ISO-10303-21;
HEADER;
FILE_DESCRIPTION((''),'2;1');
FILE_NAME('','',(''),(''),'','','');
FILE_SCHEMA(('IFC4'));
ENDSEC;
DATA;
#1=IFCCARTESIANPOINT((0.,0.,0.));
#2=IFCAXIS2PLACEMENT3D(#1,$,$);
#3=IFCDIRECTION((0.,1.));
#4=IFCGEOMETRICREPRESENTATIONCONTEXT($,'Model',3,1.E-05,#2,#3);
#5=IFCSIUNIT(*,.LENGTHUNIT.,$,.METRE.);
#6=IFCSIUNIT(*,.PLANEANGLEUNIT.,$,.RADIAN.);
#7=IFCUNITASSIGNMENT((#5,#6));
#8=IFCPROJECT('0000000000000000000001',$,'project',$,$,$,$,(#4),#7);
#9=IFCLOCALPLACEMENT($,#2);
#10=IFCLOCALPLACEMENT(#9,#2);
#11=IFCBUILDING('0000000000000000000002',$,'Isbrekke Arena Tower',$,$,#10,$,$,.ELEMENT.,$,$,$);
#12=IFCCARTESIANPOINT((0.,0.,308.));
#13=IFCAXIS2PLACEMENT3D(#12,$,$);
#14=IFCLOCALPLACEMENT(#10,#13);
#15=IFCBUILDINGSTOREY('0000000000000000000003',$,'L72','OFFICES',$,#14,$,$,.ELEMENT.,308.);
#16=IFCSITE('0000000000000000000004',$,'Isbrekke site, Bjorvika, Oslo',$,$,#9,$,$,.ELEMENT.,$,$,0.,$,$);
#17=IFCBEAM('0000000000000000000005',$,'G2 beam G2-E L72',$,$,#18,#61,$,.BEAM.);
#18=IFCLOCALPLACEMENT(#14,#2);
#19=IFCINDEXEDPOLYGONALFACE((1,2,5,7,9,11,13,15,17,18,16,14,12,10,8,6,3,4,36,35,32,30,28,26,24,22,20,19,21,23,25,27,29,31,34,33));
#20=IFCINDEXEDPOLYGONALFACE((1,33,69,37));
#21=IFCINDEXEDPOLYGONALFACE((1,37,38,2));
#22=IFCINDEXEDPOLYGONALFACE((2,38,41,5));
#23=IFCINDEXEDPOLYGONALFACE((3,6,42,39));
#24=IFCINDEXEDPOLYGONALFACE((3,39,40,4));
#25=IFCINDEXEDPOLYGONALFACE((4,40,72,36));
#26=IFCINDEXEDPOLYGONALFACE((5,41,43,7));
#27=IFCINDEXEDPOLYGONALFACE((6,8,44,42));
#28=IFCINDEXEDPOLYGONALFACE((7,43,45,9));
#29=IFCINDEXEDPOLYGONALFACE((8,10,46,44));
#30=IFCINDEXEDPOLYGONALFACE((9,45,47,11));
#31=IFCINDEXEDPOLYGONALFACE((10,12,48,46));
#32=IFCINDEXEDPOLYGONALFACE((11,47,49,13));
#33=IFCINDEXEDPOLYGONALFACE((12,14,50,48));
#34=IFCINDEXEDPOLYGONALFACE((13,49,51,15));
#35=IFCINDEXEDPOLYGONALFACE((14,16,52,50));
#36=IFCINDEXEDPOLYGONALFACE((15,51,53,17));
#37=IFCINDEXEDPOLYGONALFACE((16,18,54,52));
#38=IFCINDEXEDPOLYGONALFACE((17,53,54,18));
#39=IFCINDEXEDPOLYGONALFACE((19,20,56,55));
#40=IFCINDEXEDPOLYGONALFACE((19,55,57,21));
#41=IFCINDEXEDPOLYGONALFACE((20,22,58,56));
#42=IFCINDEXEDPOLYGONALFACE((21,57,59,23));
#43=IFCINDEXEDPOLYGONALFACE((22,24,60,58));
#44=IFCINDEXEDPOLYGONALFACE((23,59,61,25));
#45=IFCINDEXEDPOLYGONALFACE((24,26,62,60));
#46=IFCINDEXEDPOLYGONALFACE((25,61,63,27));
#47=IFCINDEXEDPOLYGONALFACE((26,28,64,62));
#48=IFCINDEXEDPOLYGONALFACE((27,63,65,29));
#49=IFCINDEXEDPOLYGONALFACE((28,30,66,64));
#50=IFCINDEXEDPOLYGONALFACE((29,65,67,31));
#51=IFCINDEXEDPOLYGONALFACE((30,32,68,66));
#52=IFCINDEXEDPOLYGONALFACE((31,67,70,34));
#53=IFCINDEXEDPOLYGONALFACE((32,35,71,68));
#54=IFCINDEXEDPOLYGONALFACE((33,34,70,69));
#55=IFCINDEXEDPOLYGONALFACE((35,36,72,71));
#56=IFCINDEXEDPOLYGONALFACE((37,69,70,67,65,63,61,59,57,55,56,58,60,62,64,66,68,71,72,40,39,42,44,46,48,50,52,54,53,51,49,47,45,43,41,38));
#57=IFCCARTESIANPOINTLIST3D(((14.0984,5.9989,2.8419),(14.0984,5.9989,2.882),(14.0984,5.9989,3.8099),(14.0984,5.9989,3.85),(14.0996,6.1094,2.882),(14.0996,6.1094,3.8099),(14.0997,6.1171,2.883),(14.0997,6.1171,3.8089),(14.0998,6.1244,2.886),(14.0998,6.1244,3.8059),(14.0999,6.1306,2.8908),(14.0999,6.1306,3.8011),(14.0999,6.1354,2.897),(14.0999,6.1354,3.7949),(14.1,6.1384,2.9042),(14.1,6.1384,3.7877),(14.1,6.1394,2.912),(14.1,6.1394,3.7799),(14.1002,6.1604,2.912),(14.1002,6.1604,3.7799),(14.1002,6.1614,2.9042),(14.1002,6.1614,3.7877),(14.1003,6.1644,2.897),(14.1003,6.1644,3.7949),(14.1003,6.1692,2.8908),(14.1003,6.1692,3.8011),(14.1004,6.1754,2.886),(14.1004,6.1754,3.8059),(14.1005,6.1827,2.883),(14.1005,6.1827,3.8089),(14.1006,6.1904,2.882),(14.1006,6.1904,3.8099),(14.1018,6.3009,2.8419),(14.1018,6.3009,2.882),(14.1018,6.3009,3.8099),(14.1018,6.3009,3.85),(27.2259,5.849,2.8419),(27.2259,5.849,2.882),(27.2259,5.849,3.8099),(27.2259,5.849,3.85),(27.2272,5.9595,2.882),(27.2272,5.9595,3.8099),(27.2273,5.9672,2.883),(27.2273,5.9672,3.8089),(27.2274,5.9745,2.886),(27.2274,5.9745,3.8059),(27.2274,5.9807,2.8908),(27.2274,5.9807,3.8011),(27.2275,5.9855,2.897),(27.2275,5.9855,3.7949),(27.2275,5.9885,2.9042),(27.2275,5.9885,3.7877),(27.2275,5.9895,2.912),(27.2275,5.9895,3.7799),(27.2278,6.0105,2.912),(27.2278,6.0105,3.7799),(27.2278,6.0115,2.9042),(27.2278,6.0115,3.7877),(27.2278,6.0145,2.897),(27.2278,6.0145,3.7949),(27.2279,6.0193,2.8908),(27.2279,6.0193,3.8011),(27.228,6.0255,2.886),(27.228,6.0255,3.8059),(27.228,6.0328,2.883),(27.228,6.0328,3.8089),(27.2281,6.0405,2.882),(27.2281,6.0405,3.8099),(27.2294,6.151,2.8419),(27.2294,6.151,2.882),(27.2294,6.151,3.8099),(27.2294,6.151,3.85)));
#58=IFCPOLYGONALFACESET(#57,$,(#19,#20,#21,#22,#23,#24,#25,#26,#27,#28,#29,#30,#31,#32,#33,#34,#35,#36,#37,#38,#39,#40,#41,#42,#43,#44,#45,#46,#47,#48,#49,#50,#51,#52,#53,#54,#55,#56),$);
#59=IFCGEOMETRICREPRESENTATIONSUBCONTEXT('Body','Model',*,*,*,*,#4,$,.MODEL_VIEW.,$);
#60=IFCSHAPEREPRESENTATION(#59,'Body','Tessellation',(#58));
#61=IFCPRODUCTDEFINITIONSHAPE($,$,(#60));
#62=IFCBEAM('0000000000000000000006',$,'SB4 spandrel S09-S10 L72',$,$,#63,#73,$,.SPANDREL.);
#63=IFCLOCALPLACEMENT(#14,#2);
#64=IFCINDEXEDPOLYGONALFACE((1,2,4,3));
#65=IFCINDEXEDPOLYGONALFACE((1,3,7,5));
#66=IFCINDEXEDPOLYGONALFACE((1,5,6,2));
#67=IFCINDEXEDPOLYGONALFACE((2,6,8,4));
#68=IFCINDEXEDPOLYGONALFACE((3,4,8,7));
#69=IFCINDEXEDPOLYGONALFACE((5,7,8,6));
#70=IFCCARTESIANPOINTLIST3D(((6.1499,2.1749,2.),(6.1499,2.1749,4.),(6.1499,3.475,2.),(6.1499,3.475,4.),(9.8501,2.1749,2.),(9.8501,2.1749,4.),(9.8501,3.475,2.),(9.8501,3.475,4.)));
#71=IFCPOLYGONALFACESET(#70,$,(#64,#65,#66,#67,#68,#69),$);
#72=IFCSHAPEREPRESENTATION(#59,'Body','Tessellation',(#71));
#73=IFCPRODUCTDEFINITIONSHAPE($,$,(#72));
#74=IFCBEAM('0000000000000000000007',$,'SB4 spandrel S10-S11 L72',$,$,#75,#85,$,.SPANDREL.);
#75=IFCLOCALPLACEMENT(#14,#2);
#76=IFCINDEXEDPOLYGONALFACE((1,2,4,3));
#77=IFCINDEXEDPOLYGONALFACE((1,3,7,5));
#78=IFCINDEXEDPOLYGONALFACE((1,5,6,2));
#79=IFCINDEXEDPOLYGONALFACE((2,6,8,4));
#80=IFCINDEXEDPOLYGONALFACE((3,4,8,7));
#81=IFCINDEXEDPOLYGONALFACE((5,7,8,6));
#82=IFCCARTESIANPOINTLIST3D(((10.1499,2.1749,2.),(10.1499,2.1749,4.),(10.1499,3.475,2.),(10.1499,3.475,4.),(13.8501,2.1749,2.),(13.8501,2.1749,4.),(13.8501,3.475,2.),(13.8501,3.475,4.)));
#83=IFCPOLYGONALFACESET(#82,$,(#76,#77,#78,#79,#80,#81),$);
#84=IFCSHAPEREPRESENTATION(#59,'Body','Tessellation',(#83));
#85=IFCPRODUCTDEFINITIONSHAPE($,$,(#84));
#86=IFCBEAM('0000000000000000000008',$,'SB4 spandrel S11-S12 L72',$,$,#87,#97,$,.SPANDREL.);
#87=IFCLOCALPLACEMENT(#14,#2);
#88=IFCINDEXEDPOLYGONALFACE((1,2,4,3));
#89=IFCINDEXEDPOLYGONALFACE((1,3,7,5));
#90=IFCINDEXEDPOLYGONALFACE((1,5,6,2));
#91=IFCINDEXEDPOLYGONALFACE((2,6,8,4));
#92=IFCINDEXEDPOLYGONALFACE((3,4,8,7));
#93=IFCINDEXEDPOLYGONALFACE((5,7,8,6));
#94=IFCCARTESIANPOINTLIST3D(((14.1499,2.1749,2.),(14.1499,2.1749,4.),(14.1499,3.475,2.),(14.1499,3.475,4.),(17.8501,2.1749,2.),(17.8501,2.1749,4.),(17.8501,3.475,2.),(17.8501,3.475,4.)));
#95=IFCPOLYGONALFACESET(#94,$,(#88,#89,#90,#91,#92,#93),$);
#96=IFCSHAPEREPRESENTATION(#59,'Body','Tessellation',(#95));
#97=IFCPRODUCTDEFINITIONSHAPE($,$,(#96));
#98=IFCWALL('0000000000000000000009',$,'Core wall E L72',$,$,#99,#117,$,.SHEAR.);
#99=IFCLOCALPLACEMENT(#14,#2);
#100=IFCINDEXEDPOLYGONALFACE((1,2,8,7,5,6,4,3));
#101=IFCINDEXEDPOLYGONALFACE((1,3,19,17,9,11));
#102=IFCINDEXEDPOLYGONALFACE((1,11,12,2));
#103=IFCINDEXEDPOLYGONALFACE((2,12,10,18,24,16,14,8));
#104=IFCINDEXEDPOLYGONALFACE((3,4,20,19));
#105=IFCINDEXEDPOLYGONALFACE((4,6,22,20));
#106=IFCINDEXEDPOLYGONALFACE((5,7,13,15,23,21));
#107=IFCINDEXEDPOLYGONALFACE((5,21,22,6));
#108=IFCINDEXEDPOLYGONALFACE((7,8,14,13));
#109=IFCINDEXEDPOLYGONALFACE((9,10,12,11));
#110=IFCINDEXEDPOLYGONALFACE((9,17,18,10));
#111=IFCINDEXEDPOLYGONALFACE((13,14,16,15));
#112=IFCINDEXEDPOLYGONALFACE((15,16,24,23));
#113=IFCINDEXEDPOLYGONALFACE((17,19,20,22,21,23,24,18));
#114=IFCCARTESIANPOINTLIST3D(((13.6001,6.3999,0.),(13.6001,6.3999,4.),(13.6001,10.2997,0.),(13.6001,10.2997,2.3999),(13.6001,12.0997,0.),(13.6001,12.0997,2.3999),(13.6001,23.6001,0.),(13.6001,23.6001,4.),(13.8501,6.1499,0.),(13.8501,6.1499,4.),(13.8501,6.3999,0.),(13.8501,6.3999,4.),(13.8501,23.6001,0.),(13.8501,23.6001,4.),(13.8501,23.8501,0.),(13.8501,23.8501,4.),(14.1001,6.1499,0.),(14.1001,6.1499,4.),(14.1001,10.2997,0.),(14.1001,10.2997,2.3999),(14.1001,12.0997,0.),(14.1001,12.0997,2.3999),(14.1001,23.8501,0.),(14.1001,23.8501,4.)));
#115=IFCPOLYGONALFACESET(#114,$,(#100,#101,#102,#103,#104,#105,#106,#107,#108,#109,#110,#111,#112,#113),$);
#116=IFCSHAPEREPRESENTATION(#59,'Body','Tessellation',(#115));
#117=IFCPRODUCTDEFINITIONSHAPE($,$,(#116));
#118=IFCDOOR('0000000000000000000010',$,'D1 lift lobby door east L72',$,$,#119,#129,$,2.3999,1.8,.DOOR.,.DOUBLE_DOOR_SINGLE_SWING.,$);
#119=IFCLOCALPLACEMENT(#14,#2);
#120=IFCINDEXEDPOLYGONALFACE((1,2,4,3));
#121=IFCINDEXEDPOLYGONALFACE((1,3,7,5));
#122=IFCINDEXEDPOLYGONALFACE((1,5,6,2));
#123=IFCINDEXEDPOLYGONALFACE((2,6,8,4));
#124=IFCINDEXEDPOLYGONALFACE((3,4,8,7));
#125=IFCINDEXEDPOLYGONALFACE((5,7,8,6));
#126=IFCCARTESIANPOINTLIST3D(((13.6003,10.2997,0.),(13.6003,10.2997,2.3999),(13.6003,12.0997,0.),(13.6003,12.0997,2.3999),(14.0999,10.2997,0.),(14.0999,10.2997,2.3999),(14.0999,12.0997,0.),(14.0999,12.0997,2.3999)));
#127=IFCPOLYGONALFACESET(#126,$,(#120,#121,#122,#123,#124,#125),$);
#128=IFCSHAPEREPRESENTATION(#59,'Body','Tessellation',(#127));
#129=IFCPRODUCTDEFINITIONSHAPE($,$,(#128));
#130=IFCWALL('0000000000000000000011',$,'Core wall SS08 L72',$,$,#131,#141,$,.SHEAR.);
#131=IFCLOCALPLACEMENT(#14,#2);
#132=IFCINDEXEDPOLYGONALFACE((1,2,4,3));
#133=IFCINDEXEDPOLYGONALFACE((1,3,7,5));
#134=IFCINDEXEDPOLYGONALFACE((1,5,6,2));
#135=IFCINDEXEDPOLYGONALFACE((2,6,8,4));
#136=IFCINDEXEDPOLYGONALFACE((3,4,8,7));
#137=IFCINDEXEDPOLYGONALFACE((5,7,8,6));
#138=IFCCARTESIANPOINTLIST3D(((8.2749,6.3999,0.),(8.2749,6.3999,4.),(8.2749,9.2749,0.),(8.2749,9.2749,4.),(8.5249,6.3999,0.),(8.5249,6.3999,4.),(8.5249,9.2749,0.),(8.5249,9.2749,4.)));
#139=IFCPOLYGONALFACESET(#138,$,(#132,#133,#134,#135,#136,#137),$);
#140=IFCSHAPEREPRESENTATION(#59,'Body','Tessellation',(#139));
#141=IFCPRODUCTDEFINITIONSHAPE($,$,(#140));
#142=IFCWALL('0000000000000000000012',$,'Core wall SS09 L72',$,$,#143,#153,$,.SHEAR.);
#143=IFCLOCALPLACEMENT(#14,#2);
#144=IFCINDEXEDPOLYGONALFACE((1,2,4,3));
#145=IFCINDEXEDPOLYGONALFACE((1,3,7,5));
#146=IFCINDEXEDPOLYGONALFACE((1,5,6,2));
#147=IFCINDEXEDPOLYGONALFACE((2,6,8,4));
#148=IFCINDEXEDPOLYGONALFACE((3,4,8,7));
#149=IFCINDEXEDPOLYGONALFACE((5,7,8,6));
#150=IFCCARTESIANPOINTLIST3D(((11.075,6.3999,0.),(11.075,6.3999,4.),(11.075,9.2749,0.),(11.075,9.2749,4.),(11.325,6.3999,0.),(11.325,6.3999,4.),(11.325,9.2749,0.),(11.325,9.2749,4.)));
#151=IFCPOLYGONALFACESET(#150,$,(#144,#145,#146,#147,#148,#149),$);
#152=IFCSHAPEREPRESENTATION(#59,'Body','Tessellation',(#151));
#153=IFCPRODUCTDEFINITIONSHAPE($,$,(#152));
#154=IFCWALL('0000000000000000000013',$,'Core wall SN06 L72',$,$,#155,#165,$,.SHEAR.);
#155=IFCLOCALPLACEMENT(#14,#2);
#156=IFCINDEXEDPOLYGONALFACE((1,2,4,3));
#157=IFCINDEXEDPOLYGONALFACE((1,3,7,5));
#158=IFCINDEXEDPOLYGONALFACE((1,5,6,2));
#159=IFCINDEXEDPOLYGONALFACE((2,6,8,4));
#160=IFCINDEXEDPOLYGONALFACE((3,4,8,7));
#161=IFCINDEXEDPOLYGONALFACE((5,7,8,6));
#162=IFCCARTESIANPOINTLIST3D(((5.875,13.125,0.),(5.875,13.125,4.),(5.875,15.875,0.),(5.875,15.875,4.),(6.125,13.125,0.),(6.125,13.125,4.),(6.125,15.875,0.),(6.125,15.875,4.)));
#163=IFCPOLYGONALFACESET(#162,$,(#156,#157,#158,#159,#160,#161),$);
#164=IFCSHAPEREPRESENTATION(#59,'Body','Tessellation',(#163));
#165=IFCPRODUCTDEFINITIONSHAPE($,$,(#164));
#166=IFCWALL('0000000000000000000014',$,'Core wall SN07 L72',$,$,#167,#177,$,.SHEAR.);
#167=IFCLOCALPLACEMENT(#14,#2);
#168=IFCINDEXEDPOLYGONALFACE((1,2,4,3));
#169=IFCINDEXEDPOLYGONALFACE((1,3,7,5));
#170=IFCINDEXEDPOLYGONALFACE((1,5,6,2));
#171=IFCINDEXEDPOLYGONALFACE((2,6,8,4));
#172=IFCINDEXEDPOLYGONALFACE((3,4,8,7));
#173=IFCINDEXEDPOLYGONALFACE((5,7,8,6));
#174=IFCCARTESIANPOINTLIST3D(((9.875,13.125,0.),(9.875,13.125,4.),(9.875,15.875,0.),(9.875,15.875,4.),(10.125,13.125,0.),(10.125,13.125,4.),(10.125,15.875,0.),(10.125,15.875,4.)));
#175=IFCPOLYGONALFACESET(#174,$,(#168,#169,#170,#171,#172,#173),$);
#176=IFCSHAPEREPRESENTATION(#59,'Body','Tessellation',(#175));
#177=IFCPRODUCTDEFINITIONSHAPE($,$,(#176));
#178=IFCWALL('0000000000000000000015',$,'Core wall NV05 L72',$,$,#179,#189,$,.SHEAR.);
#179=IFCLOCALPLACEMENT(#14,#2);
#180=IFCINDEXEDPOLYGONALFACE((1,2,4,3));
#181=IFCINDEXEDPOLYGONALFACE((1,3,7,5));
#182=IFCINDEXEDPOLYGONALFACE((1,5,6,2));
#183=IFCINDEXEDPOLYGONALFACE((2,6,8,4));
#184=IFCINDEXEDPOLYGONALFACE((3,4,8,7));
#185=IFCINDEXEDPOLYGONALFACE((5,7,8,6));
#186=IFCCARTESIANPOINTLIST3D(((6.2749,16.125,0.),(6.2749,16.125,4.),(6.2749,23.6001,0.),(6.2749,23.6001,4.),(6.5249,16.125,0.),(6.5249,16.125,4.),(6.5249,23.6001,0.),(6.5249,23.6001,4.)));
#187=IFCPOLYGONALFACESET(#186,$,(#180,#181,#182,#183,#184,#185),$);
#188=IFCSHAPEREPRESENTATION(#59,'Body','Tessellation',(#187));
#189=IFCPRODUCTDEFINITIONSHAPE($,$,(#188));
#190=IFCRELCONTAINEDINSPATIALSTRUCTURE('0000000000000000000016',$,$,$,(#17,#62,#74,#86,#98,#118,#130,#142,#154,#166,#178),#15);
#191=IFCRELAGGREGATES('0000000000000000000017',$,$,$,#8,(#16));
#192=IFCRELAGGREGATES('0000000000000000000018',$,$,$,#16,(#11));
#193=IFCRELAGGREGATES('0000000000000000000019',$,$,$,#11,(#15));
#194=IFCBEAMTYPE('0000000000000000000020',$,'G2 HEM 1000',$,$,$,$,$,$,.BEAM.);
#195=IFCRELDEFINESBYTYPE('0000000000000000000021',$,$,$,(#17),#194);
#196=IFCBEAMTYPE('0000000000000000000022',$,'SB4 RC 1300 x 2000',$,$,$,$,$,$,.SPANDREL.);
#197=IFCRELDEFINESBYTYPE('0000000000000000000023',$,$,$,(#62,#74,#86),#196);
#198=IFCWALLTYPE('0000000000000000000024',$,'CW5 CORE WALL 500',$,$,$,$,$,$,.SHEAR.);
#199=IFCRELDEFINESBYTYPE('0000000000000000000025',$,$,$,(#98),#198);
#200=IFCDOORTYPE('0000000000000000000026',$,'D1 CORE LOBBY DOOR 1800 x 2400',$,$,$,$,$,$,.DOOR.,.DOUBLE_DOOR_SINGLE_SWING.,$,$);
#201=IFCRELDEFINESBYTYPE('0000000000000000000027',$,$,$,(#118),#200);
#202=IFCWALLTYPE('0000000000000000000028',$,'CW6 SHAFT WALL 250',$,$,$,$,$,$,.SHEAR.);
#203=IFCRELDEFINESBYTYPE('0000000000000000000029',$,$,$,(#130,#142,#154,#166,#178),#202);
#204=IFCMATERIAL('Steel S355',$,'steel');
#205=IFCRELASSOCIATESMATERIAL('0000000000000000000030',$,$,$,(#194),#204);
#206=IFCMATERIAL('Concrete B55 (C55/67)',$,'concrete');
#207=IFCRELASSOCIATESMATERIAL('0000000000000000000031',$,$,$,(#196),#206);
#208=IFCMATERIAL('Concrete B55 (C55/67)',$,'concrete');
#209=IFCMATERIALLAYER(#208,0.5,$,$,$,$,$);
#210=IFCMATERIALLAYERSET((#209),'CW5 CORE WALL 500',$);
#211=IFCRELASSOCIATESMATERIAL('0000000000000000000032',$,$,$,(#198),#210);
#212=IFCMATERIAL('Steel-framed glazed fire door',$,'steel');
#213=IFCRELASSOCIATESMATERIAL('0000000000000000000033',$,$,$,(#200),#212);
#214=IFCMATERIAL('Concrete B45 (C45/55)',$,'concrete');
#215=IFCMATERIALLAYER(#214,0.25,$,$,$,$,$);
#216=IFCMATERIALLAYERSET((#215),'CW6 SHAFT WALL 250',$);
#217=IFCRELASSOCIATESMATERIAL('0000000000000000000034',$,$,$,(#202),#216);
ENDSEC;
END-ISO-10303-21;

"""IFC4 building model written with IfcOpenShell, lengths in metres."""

from ifc_helpers import new_model, si_unit, direction, frame, frame_2d, origin, origin_2d, place, context, subcontext, project, spatial, polyline, rectangle, i_section, outline, extrude, material, layer, layer_set, material_profile, profile_set, type_object, element, fill, save


model = new_model("IFC4")

# Units and contexts
model_context = context("Model", 3, precision=1e-05, world=origin(), true_north=direction((0.0, 1.0)))
body_context = subcontext(model_context, "Body", "Model", "MODEL_VIEW")
ifc_project = project(units=[si_unit("LENGTHUNIT", "METRE"), si_unit("PLANEANGLEUNIT", "RADIAN")], contexts=[model_context])

# Site, building, storey
site_placement = place(None, origin())
site = spatial("IfcSite", under=ifc_project, at=site_placement, Name="Isbrekke site, Bjorvika, Oslo", CompositionType="ELEMENT", RefElevation=0.0)
building_placement = place(site_placement, origin())
building = spatial("IfcBuilding", under=site, at=building_placement, Name="Isbrekke Arena Tower", CompositionType="ELEMENT")
storey_placement = place(building_placement, frame((0.0, 0.0, 308.0)))
storey = spatial("IfcBuildingStorey", under=building, at=storey_placement, Name="L72", Description="OFFICES", CompositionType="ELEMENT", Elevation=308.0)

# Beams
ifc_material_1 = material(Name="Steel S355", Category="steel")
ifc_material_profile_1 = material_profile(ifc_material_1, i_section(OverallWidth=0.302, OverallDepth=1.0081, WebThickness=0.021, FlangeThickness=0.04, FilletRadius=0.03, at=origin_2d()), Name="HEM 1000")
ifc_profile_set_1 = profile_set([ifc_material_profile_1], Name="Steel S355")
beam_type_1 = type_object("IfcBeamType", Name="G2 HEM 1000", PredefinedType="BEAM", material=ifc_profile_set_1)
beam_1_placement = place(storey_placement, frame((14.1001, 6.1499, 3.3459), z_axis=(0.999935, -0.011418, 0.0), x_axis=(0.011418, 0.999935, 0.0)))
element("IfcBeam", 1, at=beam_1_placement, inside=storey, type_object=beam_type_1, Name="G2 beam G2-E L72", PredefinedType="BEAM", context=body_context, shape_type="SweptSolid", body=[
    extrude(i_section(OverallWidth=0.302, OverallDepth=1.0081, WebThickness=0.021, FlangeThickness=0.04, FilletRadius=0.03, at=origin_2d()), origin(), (0.0, 0.0, 1.0), 13.1284),
])
ifc_material_2 = material(Name="Concrete B55 (C55/67)", Category="concrete")
ifc_material_profile_2 = material_profile(ifc_material_2, rectangle(XDim=1.3, YDim=2.0, at=origin_2d()), Name="RC 1300x2000")
ifc_profile_set_2 = profile_set([ifc_material_profile_2], Name="Concrete B55 (C55/67)")
beam_type_2 = type_object("IfcBeamType", Name="SB4 RC 1300 x 2000", PredefinedType="SPANDREL", material=ifc_profile_set_2)
for number, where, z_axis, x_axis, name in (
    (2, (6.1499, 2.825, 3.0), (1.0, 0.0, 0.0), (0.0, 1.0, 0.0), "SB4 spandrel S09-S10 L72"),
    (3, (10.1499, 2.825, 3.0), (1.0, 0.0, 0.0), (0.0, 1.0, 0.0), "SB4 spandrel S10-S11 L72"),
    (4, (14.1499, 2.825, 3.0), (1.0, 0.0, 0.0), (0.0, 1.0, 0.0), "SB4 spandrel S11-S12 L72"),
):
    element("IfcBeam", number, at=place(storey_placement, frame(where, z_axis=z_axis, x_axis=x_axis)), inside=storey, type_object=beam_type_2, Name=name, PredefinedType="SPANDREL", context=body_context, shape_type="SweptSolid", body=[
        extrude(rectangle(XDim=1.3, YDim=2.0, at=origin_2d()), origin(), (0.0, 0.0, 1.0), 3.7002),
    ])

# Wall, opening, door
ifc_material_3 = material(Name="Concrete B55 (C55/67)", Category="concrete")
ifc_layer_1 = layer(ifc_material_3, 0.5)
ifc_layer_set_1 = layer_set([ifc_layer_1], Name="CW5 CORE WALL 500")
wall_type_1 = type_object("IfcWallType", Name="CW5 CORE WALL 500", PredefinedType="SHEAR", material=ifc_layer_set_1)
wall_1_placement = place(storey_placement, frame((13.8501, 6.1499, 0.0), z_axis=(0.0, 0.0, 1.0), x_axis=(0.0, 1.0, 0.0)))
wall_1 = element("IfcWall", 5, at=wall_1_placement, inside=storey, type_object=wall_type_1, Name="Core wall E L72", PredefinedType="SHEAR", context=body_context, shape_type="SweptSolid", body=[
    extrude(outline(polyline([(0.0, -0.25), (17.7002, -0.25), (17.7002, 0.0), (17.4502, 0.0), (17.4502, 0.25), (0.25, 0.25), (0.25, 0.0), (0.0, 0.0), (0.0, -0.25)])), origin(), (0.0, 0.0, 1.0), 4.0),
])
opening_1_placement = place(wall_1_placement, frame((4.1499, 0.0, 0.0)))
opening_1 = element("IfcOpeningElement", 6, at=opening_1_placement, cuts=wall_1, PredefinedType="OPENING", context=body_context, shape_type="SweptSolid", body=[
    extrude(rectangle(XDim=1.8, YDim=2.3999, at=frame_2d((0.8999, 1.2))), frame((0.0, 0.2649, 0.0), z_axis=(0.0, -1.0, 0.0), x_axis=(1.0, 0.0, 0.0)), (0.0, 0.0, 1.0), 0.5298),
])
ifc_material_4 = material(Name="Steel-framed glazed fire door", Category="steel")
door_type_1 = type_object("IfcDoorType", Name="D1 CORE LOBBY DOOR 1800 x 2400", OperationType="DOUBLE_DOOR_SINGLE_SWING", PredefinedType="DOOR", material=ifc_material_4)
door_1_placement = place(opening_1_placement, origin())
door_1 = element("IfcDoor", 7, at=door_1_placement, inside=storey, type_object=door_type_1, Name="D1 lift lobby door east L72", OperationType="DOUBLE_DOOR_SINGLE_SWING", OverallHeight=2.3999, OverallWidth=1.8, PredefinedType="DOOR", context=body_context, shape_type="SweptSolid", body=[
    extrude(rectangle(XDim=1.8, YDim=2.3999, at=frame_2d((0.8999, 1.2))), frame((0.0, 0.2498, 0.0), z_axis=(0.0, -1.0, 0.0), x_axis=(1.0, 0.0, 0.0)), (0.0, 0.0, 1.0), 0.4995),
])
fill(opening_1, door_1)

# Walls
ifc_material_5 = material(Name="Concrete B45 (C45/55)", Category="concrete")
ifc_layer_2 = layer(ifc_material_5, 0.25)
ifc_layer_set_2 = layer_set([ifc_layer_2], Name="CW6 SHAFT WALL 250")
wall_type_2 = type_object("IfcWallType", Name="CW6 SHAFT WALL 250", PredefinedType="SHEAR", material=ifc_layer_set_2)
for number, where, z_axis, x_axis, name in (
    (8, (8.3999, 6.3999, 0.0), (0.0, 0.0, 1.0), (0.0, 1.0, 0.0), "Core wall SS08 L72"),
    (9, (11.2, 6.3999, 0.0), (0.0, 0.0, 1.0), (0.0, 1.0, 0.0), "Core wall SS09 L72"),
):
    element("IfcWall", number, at=place(storey_placement, frame(where, z_axis=z_axis, x_axis=x_axis)), inside=storey, type_object=wall_type_2, Name=name, PredefinedType="SHEAR", context=body_context, shape_type="SweptSolid", body=[
        extrude(rectangle(XDim=2.875, YDim=0.25, at=frame_2d((1.4375, 0.0))), origin(), (0.0, 0.0, 1.0), 4.0),
    ])
for number, where, z_axis, x_axis, name in (
    (10, (6.0, 13.125, 0.0), (0.0, 0.0, 1.0), (0.0, 1.0, 0.0), "Core wall SN06 L72"),
    (11, (10.0, 13.125, 0.0), (0.0, 0.0, 1.0), (0.0, 1.0, 0.0), "Core wall SN07 L72"),
):
    element("IfcWall", number, at=place(storey_placement, frame(where, z_axis=z_axis, x_axis=x_axis)), inside=storey, type_object=wall_type_2, Name=name, PredefinedType="SHEAR", context=body_context, shape_type="SweptSolid", body=[
        extrude(rectangle(XDim=2.75, YDim=0.25, at=frame_2d((1.375, 0.0))), origin(), (0.0, 0.0, 1.0), 4.0),
    ])
wall_2_placement = place(storey_placement, frame((6.3999, 16.125, 0.0), z_axis=(0.0, 0.0, 1.0), x_axis=(0.0, 1.0, 0.0)))
element("IfcWall", 12, at=wall_2_placement, inside=storey, type_object=wall_type_2, Name="Core wall NV05 L72", PredefinedType="SHEAR", context=body_context, shape_type="SweptSolid", body=[
    extrude(rectangle(XDim=7.4751, YDim=0.25, at=frame_2d((3.7375, 0.0))), origin(), (0.0, 0.0, 1.0), 4.0),
])

save(model, "model.ifc")
